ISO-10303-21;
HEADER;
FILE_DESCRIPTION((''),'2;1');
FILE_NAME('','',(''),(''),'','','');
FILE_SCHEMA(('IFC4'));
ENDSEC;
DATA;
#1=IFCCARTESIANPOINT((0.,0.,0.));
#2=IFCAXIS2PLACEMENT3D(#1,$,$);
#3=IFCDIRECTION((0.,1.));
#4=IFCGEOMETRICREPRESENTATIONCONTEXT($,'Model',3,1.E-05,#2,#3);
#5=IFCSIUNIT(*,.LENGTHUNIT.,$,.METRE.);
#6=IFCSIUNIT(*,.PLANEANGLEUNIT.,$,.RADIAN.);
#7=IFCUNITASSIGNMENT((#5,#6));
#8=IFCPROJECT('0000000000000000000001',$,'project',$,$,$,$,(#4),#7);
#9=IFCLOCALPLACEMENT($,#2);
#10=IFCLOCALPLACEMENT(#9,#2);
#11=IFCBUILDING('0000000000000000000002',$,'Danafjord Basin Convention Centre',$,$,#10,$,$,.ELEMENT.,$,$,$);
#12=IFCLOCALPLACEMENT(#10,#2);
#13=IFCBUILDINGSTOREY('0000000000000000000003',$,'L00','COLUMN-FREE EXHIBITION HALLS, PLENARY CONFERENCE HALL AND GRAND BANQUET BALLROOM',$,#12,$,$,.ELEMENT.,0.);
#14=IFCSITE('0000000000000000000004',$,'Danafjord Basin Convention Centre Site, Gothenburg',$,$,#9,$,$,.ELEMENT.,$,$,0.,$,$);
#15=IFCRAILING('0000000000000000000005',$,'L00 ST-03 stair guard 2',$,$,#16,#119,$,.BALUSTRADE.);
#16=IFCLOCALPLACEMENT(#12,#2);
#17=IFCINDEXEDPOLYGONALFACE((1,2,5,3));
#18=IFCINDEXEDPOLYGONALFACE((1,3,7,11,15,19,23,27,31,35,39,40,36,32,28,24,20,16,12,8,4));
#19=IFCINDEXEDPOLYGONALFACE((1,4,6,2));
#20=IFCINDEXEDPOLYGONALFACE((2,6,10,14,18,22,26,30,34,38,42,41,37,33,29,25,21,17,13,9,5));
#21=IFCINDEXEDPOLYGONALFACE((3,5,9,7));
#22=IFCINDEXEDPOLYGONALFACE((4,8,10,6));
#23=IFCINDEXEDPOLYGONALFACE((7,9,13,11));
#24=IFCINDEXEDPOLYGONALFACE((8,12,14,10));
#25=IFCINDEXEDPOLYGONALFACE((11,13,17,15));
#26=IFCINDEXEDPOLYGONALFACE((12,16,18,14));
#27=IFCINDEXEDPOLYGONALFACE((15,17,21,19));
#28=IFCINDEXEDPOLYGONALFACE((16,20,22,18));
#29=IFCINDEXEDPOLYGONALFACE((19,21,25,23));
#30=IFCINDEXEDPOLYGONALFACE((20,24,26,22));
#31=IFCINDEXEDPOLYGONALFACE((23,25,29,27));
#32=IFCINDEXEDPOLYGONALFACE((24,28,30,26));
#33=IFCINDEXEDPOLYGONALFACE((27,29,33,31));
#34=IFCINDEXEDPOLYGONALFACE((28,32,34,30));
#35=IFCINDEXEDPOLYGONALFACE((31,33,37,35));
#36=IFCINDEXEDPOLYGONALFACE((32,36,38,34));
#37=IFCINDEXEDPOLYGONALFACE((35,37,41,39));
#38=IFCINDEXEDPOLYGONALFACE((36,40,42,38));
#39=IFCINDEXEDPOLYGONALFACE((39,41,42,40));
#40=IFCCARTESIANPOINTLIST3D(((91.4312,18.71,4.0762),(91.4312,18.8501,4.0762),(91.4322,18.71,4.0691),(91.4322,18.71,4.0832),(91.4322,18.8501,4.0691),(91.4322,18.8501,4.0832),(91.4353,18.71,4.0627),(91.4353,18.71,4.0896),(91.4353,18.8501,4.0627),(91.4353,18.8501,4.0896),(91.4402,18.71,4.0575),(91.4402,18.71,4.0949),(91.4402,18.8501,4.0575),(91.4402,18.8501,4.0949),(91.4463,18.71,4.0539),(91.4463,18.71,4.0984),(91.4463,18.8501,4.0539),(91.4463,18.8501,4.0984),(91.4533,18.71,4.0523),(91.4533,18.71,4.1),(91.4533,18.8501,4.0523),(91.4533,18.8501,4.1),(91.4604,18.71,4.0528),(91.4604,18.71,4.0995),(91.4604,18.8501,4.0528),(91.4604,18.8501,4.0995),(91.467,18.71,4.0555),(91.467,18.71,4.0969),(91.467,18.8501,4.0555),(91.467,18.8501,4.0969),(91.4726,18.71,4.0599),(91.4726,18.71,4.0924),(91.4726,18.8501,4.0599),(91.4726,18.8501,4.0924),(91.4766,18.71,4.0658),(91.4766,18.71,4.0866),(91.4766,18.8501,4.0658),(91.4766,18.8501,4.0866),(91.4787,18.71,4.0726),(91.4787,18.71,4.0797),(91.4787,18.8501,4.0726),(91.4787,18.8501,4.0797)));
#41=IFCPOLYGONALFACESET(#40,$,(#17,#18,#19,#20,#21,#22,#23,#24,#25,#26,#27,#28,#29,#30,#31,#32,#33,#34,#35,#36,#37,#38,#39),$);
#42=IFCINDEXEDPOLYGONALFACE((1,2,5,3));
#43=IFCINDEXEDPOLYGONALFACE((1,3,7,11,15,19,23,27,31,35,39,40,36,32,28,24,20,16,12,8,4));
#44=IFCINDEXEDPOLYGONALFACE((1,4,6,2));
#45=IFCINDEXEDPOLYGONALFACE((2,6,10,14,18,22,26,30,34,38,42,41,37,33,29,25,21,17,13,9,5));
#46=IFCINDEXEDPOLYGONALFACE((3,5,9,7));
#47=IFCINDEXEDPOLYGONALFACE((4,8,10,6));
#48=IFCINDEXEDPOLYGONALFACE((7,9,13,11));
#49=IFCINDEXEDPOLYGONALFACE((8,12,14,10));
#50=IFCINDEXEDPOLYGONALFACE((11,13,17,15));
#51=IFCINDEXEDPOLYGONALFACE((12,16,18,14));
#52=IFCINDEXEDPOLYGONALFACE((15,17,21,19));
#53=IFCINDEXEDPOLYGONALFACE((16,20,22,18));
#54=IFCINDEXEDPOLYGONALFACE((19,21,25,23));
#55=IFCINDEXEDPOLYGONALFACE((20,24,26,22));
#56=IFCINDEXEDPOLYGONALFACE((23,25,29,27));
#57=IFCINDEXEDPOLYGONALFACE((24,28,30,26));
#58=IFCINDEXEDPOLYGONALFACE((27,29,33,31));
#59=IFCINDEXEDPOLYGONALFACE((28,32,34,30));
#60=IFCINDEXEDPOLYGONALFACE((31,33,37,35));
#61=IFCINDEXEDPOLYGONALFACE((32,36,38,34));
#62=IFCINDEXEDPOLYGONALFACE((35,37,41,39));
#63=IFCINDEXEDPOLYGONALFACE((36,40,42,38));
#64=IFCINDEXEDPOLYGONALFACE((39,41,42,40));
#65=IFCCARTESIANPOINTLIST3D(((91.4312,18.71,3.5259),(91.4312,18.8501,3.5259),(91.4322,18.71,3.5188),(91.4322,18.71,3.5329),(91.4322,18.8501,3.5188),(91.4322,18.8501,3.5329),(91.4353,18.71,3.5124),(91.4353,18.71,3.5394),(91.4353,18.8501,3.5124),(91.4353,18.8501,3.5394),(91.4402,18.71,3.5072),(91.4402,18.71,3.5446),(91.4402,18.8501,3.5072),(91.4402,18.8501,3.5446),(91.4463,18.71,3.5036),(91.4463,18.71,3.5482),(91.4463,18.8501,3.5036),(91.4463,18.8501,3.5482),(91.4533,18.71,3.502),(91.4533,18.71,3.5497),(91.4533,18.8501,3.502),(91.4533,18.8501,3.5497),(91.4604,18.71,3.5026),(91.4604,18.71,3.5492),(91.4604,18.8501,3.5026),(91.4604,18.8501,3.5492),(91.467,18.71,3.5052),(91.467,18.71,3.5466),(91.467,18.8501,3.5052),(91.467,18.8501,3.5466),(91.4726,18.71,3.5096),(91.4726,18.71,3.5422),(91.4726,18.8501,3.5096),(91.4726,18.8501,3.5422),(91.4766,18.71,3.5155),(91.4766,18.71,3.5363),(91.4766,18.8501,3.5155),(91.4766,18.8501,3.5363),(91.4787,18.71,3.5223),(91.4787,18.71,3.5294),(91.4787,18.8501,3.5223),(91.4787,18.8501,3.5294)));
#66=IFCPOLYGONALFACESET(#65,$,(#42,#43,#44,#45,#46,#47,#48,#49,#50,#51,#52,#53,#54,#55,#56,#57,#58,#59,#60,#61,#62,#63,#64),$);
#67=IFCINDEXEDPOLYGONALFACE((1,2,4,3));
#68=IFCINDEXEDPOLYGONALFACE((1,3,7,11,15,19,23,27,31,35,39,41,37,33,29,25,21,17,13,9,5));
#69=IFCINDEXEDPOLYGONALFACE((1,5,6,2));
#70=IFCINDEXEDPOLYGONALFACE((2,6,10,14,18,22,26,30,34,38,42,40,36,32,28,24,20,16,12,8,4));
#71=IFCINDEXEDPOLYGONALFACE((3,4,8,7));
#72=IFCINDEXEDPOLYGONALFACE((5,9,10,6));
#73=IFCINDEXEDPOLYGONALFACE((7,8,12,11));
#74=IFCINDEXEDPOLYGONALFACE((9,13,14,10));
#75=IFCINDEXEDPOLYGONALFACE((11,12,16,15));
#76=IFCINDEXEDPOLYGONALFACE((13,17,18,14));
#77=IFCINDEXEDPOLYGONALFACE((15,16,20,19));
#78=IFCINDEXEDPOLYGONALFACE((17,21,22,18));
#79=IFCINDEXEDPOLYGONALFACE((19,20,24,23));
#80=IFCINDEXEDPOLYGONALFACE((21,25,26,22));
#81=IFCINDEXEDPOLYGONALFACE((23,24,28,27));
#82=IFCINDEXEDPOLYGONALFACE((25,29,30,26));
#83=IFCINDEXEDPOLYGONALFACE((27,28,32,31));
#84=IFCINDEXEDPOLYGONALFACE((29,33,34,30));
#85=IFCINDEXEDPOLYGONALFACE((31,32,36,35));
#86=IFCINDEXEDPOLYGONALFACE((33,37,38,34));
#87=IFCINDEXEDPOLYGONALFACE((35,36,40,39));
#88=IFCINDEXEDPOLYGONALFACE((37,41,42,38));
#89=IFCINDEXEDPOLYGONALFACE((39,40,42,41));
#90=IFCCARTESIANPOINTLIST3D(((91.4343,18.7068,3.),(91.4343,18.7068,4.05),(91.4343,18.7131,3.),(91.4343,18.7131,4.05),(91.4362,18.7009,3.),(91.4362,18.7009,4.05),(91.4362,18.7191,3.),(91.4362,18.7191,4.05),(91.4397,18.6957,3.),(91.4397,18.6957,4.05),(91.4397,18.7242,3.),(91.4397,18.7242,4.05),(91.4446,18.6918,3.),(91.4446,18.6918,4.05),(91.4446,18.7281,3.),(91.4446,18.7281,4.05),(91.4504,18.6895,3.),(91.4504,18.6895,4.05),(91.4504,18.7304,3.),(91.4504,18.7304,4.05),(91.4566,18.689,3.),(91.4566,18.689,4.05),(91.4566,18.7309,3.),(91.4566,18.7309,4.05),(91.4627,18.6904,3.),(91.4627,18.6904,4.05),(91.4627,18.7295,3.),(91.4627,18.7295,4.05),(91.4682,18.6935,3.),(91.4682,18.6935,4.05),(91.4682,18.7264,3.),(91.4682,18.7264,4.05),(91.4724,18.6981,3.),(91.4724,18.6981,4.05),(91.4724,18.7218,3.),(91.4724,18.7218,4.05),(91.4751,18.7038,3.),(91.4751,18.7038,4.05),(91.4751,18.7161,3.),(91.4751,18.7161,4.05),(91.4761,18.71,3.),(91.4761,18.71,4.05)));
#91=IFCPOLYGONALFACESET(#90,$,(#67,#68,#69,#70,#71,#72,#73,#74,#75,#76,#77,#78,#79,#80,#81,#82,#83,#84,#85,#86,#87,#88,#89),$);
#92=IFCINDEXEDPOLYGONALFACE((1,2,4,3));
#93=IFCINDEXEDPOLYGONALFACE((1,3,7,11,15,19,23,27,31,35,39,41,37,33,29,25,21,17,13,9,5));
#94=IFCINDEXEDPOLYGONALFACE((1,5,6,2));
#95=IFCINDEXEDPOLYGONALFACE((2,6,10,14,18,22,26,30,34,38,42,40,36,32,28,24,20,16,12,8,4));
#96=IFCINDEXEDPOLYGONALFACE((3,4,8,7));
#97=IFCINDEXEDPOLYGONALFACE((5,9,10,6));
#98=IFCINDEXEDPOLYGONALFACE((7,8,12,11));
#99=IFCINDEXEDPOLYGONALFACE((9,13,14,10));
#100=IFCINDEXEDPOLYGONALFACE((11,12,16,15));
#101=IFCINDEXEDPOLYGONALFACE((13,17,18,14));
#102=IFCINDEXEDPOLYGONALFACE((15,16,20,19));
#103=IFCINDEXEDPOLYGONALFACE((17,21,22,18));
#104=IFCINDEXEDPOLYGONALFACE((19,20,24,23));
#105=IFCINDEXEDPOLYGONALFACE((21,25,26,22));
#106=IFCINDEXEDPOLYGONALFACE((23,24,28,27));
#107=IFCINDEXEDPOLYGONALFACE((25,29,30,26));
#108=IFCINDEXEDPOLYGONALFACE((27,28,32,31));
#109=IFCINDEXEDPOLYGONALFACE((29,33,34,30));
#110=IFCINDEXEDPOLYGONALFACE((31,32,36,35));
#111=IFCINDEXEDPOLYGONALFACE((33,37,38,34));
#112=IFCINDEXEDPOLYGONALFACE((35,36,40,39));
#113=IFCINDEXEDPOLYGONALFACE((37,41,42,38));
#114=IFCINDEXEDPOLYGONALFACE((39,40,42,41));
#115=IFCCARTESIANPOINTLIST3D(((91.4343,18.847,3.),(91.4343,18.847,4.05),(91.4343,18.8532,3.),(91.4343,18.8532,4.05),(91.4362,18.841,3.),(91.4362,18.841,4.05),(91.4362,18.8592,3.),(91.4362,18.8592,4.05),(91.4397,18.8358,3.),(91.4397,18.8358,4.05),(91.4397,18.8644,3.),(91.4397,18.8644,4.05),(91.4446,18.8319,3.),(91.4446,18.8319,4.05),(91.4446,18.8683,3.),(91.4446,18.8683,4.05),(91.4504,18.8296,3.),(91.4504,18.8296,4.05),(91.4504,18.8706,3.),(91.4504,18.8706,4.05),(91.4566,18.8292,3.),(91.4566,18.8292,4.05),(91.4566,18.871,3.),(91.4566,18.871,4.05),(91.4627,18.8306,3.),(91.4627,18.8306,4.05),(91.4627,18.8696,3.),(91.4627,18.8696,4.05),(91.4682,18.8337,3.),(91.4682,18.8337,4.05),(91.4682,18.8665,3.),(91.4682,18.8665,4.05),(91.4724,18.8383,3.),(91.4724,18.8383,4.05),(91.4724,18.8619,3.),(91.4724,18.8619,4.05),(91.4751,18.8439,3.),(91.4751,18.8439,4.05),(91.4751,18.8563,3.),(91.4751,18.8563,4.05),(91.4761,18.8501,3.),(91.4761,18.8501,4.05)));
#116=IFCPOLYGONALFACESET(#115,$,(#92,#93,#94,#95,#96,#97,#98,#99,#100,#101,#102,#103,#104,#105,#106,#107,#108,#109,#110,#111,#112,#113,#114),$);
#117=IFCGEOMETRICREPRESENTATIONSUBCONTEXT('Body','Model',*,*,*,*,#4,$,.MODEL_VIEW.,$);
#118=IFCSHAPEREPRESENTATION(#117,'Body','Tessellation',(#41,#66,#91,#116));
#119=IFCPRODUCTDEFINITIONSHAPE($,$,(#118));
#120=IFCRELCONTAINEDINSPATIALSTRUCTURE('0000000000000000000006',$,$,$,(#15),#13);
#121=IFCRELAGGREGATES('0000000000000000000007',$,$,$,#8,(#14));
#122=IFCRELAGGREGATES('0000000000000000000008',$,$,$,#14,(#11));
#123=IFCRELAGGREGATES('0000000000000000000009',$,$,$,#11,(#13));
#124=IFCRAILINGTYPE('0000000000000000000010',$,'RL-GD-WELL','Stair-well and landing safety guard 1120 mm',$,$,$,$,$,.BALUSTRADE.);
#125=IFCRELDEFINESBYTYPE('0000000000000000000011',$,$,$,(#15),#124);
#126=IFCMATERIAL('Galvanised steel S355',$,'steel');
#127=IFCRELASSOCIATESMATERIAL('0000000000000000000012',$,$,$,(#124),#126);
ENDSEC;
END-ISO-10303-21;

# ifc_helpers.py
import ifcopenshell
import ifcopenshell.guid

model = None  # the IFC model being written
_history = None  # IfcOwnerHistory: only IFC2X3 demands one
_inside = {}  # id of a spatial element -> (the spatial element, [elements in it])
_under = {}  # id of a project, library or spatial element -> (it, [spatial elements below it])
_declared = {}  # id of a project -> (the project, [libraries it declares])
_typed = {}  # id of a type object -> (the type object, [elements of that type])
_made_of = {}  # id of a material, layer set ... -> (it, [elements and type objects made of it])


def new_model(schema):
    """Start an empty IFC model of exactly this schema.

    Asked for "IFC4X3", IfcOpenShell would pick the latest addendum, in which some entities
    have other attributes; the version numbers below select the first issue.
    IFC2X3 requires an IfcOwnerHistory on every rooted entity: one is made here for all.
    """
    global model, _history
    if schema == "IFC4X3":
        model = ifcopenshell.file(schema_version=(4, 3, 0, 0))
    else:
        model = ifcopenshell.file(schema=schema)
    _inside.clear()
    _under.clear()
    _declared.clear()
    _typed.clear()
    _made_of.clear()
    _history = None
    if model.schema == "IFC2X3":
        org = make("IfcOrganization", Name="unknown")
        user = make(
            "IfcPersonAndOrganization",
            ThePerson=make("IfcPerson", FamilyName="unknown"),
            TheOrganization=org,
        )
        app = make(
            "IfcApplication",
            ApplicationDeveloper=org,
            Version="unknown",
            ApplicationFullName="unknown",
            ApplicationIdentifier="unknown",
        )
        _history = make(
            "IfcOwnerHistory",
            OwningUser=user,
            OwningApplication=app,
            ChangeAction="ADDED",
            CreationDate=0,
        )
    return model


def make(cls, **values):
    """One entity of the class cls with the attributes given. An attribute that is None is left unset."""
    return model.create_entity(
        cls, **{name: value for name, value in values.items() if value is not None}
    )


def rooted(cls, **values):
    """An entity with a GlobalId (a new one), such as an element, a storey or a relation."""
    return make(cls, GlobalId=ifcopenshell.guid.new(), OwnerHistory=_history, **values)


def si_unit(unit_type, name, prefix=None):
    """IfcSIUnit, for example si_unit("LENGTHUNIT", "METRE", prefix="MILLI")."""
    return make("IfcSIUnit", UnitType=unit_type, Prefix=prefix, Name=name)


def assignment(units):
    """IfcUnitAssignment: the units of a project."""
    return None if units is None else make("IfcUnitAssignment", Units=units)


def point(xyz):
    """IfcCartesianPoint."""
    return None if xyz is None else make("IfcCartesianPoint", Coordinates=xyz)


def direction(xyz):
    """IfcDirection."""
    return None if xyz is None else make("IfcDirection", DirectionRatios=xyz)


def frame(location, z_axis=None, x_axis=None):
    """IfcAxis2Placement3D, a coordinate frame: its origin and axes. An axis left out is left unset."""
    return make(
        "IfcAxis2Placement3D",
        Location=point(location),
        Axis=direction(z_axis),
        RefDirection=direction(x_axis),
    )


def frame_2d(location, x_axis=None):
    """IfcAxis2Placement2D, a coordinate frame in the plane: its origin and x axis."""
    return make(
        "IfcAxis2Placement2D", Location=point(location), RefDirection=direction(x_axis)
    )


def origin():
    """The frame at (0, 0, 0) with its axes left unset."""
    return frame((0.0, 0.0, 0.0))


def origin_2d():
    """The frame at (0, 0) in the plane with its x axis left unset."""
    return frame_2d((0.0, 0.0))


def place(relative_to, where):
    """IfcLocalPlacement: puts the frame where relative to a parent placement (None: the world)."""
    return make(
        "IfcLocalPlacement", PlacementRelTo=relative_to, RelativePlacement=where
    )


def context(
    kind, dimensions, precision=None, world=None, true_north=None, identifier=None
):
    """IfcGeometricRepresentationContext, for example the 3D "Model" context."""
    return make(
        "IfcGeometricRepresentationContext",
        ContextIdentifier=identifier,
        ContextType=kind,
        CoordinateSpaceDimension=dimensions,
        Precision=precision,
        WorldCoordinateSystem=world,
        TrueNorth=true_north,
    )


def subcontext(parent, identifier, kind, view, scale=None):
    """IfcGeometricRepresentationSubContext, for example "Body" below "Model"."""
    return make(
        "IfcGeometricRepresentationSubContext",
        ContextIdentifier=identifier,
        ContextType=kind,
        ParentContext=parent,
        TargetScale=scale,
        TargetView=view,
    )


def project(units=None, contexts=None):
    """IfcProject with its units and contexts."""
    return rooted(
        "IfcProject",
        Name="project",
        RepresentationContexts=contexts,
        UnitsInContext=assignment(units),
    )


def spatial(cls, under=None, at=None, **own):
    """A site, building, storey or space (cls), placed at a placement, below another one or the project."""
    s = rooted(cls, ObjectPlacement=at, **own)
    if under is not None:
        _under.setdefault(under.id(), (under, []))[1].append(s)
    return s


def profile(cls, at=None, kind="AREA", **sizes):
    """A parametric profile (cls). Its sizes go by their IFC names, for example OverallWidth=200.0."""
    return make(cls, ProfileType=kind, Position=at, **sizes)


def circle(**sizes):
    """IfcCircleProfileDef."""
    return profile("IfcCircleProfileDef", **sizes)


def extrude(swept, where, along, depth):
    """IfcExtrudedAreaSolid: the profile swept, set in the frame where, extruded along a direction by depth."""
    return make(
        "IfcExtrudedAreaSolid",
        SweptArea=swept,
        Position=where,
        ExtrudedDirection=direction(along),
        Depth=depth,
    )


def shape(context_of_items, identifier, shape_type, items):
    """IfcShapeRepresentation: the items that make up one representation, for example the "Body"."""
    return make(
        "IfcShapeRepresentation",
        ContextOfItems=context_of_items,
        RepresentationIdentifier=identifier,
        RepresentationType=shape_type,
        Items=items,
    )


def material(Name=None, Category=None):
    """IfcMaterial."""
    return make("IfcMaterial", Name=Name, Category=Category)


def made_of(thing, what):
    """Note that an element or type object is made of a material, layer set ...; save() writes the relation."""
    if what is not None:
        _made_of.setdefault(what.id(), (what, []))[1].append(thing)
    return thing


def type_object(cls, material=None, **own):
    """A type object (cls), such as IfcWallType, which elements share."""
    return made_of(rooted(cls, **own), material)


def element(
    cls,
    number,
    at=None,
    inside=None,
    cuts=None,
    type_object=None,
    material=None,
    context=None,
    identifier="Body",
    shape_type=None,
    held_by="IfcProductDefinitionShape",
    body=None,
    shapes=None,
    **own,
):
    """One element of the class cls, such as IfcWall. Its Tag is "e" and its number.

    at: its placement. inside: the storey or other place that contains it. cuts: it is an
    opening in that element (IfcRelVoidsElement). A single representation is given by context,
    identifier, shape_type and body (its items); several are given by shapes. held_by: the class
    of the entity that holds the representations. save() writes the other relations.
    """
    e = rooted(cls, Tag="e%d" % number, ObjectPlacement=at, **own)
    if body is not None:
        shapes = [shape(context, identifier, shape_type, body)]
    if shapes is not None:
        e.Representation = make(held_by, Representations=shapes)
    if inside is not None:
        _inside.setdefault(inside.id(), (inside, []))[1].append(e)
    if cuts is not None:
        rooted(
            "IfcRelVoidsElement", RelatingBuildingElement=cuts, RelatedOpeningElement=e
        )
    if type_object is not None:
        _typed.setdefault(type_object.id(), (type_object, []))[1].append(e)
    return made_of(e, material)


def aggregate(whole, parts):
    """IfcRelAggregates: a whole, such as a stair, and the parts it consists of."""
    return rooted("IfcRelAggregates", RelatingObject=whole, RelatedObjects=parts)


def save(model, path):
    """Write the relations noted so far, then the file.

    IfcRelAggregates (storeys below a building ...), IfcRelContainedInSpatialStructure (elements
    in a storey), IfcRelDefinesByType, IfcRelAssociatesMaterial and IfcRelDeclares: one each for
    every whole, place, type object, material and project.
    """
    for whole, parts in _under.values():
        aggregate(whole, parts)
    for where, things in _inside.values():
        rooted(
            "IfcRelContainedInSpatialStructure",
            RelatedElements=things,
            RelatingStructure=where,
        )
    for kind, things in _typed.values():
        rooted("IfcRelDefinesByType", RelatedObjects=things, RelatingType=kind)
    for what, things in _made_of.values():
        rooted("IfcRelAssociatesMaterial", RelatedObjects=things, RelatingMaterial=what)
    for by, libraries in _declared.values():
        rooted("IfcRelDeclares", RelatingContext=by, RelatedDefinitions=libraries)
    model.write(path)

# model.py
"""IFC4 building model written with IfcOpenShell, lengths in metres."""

from ifc_helpers import new_model, si_unit, direction, frame, origin, origin_2d, place, context, subcontext, project, spatial, circle, extrude, material, type_object, element, save


model = new_model("IFC4")

# Units and contexts
model_context = context("Model", 3, precision=1e-05, world=origin(), true_north=direction((0.0, 1.0)))
body_context = subcontext(model_context, "Body", "Model", "MODEL_VIEW")
ifc_project = project(units=[si_unit("LENGTHUNIT", "METRE"), si_unit("PLANEANGLEUNIT", "RADIAN")], contexts=[model_context])

# Site, building, storey
site_placement = place(None, origin())
site = spatial("IfcSite", under=ifc_project, at=site_placement, Name="Danafjord Basin Convention Centre Site, Gothenburg", CompositionType="ELEMENT", RefElevation=0.0)
building_placement = place(site_placement, origin())
building = spatial("IfcBuilding", under=site, at=building_placement, Name="Danafjord Basin Convention Centre", CompositionType="ELEMENT")
storey_placement = place(building_placement, origin())
storey = spatial("IfcBuildingStorey", under=building, at=storey_placement, Name="L00", Description="COLUMN-FREE EXHIBITION HALLS, PLENARY CONFERENCE HALL AND GRAND BANQUET BALLROOM", CompositionType="ELEMENT", Elevation=0.0)

# Railing
ifc_material_1 = material(Name="Galvanised steel S355", Category="steel")
railing_type_1 = type_object("IfcRailingType", Name="RL-GD-WELL", Description="Stair-well and landing safety guard 1120 mm", PredefinedType="BALUSTRADE", material=ifc_material_1)
railing_1_placement = place(storey_placement, frame((91.4551, 18.71, 3.0)))
element("IfcRailing", 1, at=railing_1_placement, inside=storey, type_object=railing_type_1, Name="L00 ST-03 stair guard 2", PredefinedType="BALUSTRADE", context=body_context, shape_type="SweptSolid", body=[
    extrude(circle(Radius=0.0239, at=origin_2d()), frame((0.0, 0.0, 1.0762), z_axis=(0.0, 1.0, 0.0), x_axis=(-1.0, 0.0, 0.0)), (0.0, 0.0, 1.0), 0.1401),
    extrude(circle(Radius=0.0239, at=origin_2d()), frame((0.0, 0.0, 0.5259), z_axis=(0.0, 1.0, 0.0), x_axis=(-1.0, 0.0, 0.0)), (0.0, 0.0, 1.0), 0.1401),
    extrude(circle(Radius=0.021, at=origin_2d()), origin(), (0.0, 0.0, 1.0), 1.05),
    extrude(circle(Radius=0.021, at=origin_2d()), frame((0.0, 0.1401, 0.0)), (0.0, 0.0, 1.0), 1.05),
])

save(model, "model.ifc")
